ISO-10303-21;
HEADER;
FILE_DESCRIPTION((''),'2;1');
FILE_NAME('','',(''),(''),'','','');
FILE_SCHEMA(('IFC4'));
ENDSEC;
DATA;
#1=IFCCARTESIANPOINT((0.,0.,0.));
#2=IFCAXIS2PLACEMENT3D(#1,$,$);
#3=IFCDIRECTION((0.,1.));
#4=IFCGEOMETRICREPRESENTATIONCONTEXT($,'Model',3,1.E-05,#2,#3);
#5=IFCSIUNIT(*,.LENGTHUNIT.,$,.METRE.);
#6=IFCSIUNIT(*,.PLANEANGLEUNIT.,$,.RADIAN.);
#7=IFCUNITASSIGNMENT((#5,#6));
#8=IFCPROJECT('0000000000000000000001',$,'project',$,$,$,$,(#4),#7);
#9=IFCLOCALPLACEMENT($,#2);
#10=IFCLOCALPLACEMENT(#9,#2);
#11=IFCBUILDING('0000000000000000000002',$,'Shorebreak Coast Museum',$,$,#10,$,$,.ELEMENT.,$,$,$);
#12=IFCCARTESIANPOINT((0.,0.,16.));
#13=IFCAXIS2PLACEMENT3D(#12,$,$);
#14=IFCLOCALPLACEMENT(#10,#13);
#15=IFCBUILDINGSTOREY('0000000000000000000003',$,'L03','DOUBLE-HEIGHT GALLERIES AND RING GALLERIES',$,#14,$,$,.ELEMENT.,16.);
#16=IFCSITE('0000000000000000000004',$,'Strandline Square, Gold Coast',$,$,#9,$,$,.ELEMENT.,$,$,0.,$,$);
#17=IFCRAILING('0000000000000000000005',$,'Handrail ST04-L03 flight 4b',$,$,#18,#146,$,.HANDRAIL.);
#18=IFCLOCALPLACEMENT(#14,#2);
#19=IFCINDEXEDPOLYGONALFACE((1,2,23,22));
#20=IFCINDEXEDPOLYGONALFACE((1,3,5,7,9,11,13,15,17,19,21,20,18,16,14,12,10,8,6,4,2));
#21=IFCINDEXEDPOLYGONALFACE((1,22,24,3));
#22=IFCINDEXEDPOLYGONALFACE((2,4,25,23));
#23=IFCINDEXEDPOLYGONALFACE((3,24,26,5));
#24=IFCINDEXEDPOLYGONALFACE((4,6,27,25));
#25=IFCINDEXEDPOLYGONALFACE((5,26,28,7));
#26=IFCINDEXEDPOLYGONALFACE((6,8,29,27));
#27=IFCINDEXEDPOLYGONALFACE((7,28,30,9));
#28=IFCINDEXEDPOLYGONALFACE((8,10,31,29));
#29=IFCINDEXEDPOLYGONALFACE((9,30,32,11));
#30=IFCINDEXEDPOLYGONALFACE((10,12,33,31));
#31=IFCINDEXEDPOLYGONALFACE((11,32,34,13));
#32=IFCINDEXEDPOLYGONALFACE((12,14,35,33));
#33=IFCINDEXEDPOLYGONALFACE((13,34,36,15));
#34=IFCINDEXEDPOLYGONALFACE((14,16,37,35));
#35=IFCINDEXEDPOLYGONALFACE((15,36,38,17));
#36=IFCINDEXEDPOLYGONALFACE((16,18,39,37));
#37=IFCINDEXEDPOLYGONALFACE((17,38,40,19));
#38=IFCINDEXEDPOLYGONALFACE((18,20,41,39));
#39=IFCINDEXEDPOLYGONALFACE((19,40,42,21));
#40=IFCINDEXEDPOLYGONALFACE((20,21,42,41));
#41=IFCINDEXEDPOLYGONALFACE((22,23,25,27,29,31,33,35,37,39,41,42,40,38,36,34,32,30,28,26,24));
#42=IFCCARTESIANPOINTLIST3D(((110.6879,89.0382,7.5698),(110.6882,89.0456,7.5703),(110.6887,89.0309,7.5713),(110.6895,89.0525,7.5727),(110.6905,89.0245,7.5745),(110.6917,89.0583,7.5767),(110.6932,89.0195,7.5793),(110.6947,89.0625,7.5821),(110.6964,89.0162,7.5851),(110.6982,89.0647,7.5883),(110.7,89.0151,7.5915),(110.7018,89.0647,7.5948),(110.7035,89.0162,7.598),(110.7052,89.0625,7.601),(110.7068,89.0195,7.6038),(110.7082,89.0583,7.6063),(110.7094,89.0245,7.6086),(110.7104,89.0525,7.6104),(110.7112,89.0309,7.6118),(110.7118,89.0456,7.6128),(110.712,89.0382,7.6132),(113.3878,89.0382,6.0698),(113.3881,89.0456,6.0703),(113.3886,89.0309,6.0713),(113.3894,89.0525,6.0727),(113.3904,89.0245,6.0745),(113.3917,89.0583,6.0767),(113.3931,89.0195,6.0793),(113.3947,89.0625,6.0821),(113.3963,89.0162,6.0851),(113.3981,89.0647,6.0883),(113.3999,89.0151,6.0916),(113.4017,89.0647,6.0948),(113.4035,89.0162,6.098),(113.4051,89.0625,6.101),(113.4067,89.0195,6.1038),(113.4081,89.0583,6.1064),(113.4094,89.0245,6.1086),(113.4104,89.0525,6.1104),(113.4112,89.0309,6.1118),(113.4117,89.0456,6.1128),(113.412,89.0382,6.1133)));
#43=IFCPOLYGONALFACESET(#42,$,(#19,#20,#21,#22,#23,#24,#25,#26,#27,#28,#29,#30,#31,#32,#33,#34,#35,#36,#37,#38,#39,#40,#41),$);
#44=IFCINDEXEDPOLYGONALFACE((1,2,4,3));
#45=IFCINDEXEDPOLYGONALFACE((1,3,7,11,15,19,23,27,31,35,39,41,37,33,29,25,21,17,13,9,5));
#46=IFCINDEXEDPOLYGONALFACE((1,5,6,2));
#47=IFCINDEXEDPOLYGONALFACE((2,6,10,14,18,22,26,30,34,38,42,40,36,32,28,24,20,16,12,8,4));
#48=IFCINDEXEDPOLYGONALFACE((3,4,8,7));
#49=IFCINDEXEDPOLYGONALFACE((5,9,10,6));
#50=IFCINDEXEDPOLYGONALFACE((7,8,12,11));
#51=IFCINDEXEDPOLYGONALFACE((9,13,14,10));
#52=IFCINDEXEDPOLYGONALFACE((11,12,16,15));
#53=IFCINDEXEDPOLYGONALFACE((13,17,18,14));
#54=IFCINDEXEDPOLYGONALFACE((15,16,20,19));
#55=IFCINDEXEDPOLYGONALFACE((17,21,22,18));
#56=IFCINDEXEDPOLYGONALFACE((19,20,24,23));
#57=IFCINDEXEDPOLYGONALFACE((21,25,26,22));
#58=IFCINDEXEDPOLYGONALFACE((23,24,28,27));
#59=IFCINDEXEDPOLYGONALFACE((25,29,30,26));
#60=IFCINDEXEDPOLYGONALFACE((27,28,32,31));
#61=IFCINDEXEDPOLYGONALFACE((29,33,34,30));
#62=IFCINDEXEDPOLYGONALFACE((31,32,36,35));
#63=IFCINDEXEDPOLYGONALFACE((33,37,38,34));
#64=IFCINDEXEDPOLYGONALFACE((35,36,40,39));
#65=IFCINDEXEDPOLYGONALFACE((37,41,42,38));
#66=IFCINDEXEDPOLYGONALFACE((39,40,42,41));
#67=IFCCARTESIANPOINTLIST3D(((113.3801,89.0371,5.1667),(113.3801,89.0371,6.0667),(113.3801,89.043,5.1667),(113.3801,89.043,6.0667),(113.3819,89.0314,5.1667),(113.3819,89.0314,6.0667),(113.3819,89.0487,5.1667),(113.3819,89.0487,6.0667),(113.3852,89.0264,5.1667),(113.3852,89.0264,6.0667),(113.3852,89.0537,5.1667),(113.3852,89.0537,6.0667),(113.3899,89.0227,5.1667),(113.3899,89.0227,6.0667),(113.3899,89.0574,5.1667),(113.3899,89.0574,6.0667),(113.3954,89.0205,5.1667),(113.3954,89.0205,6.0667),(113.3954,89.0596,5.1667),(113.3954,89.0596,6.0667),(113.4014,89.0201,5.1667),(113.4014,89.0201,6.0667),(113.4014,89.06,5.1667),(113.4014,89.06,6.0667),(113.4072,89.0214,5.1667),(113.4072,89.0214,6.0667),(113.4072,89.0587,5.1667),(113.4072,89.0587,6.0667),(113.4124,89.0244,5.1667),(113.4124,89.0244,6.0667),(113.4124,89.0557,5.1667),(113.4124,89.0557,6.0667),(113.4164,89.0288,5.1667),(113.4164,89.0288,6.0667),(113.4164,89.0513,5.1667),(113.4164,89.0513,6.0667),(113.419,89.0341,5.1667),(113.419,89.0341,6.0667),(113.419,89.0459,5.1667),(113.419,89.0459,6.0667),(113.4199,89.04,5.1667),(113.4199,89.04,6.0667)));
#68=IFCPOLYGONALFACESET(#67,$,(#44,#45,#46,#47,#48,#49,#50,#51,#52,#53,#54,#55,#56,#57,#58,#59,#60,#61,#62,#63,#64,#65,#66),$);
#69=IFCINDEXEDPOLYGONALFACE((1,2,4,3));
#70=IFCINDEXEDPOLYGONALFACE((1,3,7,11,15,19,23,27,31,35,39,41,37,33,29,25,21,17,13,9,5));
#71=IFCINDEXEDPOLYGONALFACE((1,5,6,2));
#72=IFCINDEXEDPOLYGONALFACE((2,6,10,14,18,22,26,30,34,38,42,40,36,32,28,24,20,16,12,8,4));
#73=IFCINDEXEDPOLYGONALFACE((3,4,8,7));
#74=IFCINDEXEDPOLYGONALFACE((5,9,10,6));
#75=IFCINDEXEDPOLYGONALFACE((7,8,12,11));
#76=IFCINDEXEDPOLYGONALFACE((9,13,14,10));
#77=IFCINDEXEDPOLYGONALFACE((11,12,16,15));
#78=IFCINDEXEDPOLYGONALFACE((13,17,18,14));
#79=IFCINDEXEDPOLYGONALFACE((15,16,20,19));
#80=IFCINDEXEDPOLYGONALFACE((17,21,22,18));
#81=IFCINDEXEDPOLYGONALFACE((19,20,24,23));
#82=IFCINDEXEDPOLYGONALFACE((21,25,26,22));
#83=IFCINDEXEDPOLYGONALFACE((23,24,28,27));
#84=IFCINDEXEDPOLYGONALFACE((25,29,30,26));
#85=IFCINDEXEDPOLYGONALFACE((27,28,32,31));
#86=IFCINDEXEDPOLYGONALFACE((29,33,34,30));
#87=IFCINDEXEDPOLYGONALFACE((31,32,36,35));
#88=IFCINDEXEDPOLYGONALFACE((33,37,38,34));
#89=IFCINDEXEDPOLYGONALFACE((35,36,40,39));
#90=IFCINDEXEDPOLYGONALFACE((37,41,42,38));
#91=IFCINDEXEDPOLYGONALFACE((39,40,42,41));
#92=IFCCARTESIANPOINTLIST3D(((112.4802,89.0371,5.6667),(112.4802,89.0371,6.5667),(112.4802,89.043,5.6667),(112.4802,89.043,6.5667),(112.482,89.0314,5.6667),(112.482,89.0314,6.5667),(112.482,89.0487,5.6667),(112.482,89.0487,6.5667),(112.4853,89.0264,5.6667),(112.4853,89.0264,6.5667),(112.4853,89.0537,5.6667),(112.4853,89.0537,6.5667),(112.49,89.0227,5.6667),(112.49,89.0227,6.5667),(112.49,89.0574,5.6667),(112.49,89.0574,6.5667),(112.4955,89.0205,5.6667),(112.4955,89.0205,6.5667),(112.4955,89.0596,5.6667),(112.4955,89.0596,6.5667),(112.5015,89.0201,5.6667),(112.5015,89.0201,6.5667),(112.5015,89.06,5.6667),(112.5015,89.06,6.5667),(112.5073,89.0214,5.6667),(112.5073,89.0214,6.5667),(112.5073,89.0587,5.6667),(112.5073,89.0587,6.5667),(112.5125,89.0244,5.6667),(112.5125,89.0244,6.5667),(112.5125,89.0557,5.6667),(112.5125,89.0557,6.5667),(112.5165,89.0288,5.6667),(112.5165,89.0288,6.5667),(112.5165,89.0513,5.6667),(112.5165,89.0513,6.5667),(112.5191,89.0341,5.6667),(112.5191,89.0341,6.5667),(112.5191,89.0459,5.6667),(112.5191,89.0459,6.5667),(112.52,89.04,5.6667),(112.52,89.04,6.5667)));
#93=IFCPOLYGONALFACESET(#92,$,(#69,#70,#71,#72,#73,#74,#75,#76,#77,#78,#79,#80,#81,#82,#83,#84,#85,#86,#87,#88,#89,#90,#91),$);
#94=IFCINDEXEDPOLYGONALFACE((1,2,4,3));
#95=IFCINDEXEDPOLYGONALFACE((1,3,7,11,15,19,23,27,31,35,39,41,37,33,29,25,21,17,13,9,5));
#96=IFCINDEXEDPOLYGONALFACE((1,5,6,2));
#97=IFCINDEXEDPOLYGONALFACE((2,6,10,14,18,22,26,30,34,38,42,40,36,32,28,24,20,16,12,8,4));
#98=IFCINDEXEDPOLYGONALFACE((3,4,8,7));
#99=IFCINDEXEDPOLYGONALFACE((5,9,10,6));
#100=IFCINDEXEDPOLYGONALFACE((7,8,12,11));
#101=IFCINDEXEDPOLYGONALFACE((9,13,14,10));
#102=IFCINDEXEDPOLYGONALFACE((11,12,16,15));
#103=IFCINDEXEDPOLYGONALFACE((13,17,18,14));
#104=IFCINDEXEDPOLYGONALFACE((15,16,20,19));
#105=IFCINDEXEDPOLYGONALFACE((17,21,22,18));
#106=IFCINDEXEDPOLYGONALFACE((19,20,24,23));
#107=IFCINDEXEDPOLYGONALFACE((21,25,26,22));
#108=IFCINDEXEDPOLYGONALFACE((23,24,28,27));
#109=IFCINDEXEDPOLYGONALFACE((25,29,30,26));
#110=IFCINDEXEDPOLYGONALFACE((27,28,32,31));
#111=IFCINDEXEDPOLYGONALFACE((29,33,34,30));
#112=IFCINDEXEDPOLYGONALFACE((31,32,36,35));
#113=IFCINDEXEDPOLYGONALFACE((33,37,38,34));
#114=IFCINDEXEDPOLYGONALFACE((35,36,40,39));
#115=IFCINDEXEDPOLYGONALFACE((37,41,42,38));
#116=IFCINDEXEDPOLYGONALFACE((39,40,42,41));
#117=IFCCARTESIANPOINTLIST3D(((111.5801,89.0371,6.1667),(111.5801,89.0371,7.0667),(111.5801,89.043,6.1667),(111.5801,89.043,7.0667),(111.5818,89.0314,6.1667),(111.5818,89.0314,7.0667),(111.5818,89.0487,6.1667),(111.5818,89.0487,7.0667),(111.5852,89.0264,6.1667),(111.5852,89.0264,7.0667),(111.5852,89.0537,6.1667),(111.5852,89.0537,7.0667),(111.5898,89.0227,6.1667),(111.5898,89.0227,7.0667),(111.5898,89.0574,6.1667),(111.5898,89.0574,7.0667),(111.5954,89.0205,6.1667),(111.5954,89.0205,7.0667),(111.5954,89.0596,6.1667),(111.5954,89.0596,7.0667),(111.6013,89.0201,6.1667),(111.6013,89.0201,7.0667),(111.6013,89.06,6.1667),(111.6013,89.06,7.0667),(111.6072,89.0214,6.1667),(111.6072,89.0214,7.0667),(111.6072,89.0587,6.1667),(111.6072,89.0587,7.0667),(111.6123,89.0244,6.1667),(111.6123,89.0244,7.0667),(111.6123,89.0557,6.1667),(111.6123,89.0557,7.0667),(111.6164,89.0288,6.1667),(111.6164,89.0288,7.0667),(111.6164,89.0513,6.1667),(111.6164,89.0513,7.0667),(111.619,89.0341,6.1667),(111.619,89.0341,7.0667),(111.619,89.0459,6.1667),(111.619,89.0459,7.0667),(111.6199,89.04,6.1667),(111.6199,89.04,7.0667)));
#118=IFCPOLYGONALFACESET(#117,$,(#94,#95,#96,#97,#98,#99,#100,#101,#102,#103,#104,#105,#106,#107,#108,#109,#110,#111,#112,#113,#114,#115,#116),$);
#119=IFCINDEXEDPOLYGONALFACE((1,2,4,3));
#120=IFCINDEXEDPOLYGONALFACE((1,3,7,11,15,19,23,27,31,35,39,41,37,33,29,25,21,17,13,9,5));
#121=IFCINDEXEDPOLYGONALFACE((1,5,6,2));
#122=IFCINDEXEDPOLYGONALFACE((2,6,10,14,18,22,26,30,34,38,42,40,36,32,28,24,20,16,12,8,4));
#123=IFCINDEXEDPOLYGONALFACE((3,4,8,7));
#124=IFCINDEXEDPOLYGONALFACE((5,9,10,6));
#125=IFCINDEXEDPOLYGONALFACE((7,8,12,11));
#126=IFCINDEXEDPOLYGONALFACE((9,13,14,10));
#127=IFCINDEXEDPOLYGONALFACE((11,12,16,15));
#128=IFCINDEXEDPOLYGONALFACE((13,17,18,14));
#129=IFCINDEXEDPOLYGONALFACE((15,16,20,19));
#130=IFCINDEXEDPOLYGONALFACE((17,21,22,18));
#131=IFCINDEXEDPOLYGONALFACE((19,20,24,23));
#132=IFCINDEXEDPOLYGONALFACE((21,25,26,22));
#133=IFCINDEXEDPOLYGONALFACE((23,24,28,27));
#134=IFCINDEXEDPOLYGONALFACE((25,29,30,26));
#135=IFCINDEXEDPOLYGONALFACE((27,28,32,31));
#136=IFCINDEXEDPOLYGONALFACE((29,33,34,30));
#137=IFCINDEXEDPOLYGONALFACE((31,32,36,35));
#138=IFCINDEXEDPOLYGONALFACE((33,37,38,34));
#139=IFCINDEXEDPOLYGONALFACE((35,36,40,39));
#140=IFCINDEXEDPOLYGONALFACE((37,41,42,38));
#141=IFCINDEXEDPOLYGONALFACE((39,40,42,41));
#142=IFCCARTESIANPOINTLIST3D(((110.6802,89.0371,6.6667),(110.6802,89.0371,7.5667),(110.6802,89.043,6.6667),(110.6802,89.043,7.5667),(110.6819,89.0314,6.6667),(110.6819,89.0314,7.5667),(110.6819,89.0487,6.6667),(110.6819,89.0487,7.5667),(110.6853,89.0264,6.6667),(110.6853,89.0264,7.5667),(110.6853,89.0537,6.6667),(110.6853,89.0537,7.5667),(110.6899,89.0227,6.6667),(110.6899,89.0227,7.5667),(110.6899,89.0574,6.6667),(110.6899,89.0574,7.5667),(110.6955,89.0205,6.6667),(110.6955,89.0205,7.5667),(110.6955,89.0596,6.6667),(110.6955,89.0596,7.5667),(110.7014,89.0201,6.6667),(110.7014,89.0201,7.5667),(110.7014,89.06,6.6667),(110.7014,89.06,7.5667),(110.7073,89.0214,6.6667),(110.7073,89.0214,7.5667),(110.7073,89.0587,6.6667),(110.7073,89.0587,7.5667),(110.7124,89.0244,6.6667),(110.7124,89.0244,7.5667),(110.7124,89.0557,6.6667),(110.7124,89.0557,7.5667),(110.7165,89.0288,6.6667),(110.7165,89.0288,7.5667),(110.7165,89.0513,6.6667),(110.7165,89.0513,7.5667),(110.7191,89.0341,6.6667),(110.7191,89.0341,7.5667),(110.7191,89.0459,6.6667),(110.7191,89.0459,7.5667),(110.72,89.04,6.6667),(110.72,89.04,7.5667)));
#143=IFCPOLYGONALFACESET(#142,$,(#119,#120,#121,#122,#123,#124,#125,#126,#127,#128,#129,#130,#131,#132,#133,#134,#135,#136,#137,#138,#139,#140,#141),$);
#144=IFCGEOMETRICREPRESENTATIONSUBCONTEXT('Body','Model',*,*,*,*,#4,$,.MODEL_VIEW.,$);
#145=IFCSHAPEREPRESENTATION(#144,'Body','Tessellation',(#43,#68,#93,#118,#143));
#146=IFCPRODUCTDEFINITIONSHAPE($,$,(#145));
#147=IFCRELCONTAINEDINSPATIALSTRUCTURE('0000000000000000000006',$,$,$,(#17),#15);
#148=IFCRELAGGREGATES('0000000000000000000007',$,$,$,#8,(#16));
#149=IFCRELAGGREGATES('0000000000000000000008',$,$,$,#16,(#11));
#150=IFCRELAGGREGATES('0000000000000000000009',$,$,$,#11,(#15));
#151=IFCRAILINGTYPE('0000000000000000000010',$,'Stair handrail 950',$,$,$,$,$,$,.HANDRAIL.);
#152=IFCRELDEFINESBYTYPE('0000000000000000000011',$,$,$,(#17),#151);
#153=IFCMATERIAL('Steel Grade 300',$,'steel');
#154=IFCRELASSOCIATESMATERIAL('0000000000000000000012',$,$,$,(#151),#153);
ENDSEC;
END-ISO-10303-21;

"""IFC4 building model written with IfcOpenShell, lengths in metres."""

from ifc_helpers import new_model, si_unit, direction, frame, origin, origin_2d, place, context, subcontext, project, spatial, circle, extrude, material, type_object, element, save


model = new_model("IFC4")

# Units and contexts
model_context = context("Model", 3, precision=1e-05, world=origin(), true_north=direction((0.0, 1.0)))
body_context = subcontext(model_context, "Body", "Model", "MODEL_VIEW")
ifc_project = project(units=[si_unit("LENGTHUNIT", "METRE"), si_unit("PLANEANGLEUNIT", "RADIAN")], contexts=[model_context])

# Site, building, storey
site_placement = place(None, origin())
site = spatial("IfcSite", under=ifc_project, at=site_placement, Name="Strandline Square, Gold Coast", CompositionType="ELEMENT", RefElevation=0.0)
building_placement = place(site_placement, origin())
building = spatial("IfcBuilding", under=site, at=building_placement, Name="Shorebreak Coast Museum", CompositionType="ELEMENT")
storey_placement = place(building_placement, frame((0.0, 0.0, 16.0)))
storey = spatial("IfcBuildingStorey", under=building, at=storey_placement, Name="L03", Description="DOUBLE-HEIGHT GALLERIES AND RING GALLERIES", CompositionType="ELEMENT", Elevation=16.0)

# Railing
ifc_material_1 = material(Name="Steel Grade 300", Category="steel")
railing_type_1 = type_object("IfcRailingType", Name="Stair handrail 950", PredefinedType="HANDRAIL", material=ifc_material_1)
for number, where, name in (
    (1, (113.3999, 89.04, 5.1667), "Handrail ST04-L03 flight 4b"),
):
    element("IfcRailing", number, at=place(storey_placement, frame(where)), inside=storey, type_object=railing_type_1, Name=name, PredefinedType="HANDRAIL", context=body_context, shape_type="SweptSolid", body=[
        extrude(circle(Radius=0.0249, at=origin_2d()), frame((0.0, 0.0, 0.9248), z_axis=(-0.874154, 0.0, 0.48565), x_axis=(0.0, -1.0, 0.0)), (0.0, 0.0, 1.0), 3.0886),
        extrude(circle(Radius=0.02, at=origin_2d()), origin(), (0.0, 0.0, 1.0), 0.8999),
        extrude(circle(Radius=0.02, at=origin_2d()), frame((-0.8999, 0.0, 0.5)), (0.0, 0.0, 1.0), 0.8999),
        extrude(circle(Radius=0.02, at=origin_2d()), frame((-1.8, 0.0, 1.0)), (0.0, 0.0, 1.0), 0.8999),
        extrude(circle(Radius=0.02, at=origin_2d()), frame((-2.7, 0.0, 1.5)), (0.0, 0.0, 1.0), 0.8999),
    ])

save(model, "model.ifc")
